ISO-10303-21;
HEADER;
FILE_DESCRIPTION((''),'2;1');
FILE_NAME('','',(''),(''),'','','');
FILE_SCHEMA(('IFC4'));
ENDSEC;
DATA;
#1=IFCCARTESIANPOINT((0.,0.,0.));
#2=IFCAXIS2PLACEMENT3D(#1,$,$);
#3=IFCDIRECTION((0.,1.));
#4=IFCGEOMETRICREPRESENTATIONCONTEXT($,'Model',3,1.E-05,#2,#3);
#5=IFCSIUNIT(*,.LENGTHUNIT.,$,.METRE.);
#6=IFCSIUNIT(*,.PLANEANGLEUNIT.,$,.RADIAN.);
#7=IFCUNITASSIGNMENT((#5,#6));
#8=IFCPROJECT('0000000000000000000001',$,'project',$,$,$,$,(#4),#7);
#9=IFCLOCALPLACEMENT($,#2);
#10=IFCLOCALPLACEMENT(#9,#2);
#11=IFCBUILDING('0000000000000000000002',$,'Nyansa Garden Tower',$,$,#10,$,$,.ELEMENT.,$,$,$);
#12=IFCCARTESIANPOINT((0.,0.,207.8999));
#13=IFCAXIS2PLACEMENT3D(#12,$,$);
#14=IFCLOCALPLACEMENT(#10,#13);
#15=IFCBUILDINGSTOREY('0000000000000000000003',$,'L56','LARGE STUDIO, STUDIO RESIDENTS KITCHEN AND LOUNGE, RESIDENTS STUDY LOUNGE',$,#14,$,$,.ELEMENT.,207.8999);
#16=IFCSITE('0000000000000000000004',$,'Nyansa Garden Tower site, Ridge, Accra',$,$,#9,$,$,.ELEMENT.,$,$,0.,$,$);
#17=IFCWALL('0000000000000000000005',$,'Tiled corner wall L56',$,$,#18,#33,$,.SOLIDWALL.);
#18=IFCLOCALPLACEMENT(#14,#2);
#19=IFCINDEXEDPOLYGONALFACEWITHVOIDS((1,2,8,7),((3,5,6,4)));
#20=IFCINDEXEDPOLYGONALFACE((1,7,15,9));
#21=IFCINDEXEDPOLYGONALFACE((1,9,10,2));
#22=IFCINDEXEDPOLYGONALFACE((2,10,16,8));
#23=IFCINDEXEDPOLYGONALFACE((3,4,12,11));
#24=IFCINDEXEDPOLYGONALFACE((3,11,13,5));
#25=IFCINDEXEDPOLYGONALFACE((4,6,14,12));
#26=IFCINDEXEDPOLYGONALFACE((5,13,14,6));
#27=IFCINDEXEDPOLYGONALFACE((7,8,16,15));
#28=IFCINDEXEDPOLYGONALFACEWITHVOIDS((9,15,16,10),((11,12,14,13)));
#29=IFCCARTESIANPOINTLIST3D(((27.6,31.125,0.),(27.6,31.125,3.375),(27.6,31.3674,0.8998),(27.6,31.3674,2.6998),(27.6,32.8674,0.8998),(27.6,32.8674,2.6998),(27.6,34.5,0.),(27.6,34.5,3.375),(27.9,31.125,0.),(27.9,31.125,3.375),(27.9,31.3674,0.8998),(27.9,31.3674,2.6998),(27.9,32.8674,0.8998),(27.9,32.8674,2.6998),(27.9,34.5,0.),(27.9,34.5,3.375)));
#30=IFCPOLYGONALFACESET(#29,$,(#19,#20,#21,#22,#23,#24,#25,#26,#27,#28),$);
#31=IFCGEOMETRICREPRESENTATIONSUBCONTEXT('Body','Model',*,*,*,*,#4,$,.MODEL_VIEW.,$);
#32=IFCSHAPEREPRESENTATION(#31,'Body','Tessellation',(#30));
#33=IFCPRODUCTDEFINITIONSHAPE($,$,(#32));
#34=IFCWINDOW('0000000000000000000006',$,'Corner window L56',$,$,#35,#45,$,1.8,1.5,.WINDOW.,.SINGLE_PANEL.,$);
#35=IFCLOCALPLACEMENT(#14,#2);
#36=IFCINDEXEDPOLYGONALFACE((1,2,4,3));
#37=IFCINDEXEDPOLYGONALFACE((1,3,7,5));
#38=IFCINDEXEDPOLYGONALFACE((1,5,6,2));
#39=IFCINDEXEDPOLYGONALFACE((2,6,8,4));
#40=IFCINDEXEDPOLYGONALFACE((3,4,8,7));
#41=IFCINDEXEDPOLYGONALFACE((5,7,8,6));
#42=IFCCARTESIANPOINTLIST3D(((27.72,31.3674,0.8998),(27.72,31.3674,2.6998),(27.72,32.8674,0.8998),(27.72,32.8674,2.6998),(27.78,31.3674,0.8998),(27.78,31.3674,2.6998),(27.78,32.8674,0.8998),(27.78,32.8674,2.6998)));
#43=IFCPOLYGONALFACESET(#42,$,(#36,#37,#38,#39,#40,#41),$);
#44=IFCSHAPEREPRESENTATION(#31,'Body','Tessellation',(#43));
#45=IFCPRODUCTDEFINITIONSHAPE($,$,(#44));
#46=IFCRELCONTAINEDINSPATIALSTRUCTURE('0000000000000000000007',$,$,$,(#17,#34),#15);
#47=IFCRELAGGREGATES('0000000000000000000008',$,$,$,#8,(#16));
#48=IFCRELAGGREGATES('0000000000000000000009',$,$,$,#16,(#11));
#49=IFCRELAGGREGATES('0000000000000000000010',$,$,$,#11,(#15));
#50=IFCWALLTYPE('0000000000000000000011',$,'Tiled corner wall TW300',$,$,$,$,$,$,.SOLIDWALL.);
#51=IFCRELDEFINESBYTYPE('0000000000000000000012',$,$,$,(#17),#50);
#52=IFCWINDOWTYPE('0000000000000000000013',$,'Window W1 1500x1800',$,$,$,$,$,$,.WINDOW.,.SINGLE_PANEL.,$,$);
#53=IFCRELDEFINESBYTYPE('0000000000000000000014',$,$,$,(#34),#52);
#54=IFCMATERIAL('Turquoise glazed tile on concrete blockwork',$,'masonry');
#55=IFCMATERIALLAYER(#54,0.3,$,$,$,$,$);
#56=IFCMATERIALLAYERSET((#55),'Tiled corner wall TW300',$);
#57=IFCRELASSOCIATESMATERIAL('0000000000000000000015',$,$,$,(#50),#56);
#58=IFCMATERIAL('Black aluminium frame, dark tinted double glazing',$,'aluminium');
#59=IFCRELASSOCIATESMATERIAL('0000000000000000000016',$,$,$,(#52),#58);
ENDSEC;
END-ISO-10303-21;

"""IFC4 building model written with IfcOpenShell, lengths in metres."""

from ifc_helpers import new_model, si_unit, direction, frame, frame_2d, origin, place, context, subcontext, project, spatial, rectangle, extrude, material, layer, layer_set, type_object, element, fill, save


model = new_model("IFC4")

# Units and contexts
model_context = context("Model", 3, precision=1e-05, world=origin(), true_north=direction((0.0, 1.0)))
body_context = subcontext(model_context, "Body", "Model", "MODEL_VIEW")
ifc_project = project(units=[si_unit("LENGTHUNIT", "METRE"), si_unit("PLANEANGLEUNIT", "RADIAN")], contexts=[model_context])

# Site, building, storey
site_placement = place(None, origin())
site = spatial("IfcSite", under=ifc_project, at=site_placement, Name="Nyansa Garden Tower site, Ridge, Accra", CompositionType="ELEMENT", RefElevation=0.0)
building_placement = place(site_placement, origin())
building = spatial("IfcBuilding", under=site, at=building_placement, Name="Nyansa Garden Tower", CompositionType="ELEMENT")
storey_placement = place(building_placement, frame((0.0, 0.0, 207.8999)))
storey = spatial("IfcBuildingStorey", under=building, at=storey_placement, Name="L56", Description="LARGE STUDIO, STUDIO RESIDENTS KITCHEN AND LOUNGE, RESIDENTS STUDY LOUNGE", CompositionType="ELEMENT", Elevation=207.8999)

# Wall, opening, window
ifc_material_1 = material(Name="Turquoise glazed tile on concrete blockwork", Category="masonry")
ifc_layer_1 = layer(ifc_material_1, 0.3)
ifc_layer_set_1 = layer_set([ifc_layer_1], Name="Tiled corner wall TW300")
wall_type_1 = type_object("IfcWallType", Name="Tiled corner wall TW300", PredefinedType="SOLIDWALL", material=ifc_layer_set_1)
ifc_material_2 = material(Name="Black aluminium frame, dark tinted double glazing", Category="aluminium")
window_type_1 = type_object("IfcWindowType", Name="Window W1 1500x1800", PartitioningType="SINGLE_PANEL", PredefinedType="WINDOW", material=ifc_material_2)
wall_1_placement = place(storey_placement, frame((27.75, 31.125, 0.0), z_axis=(0.0, 0.0, 1.0), x_axis=(0.0, 1.0, 0.0)))
wall_1 = element("IfcWall", 1, at=wall_1_placement, inside=storey, type_object=wall_type_1, Name="Tiled corner wall L56", PredefinedType="SOLIDWALL", context=body_context, shape_type="SweptSolid", body=[
    extrude(rectangle(XDim=3.375, YDim=0.3, at=frame_2d((1.6875, 0.0))), origin(), (0.0, 0.0, 1.0), 3.375),
])
opening_1_placement = place(wall_1_placement, frame((0.2424, 0.0, 0.8999)))
opening_1 = element("IfcOpeningElement", 2, at=opening_1_placement, cuts=wall_1, PredefinedType="OPENING", context=body_context, shape_type="SweptSolid", body=[
    extrude(rectangle(XDim=1.5, YDim=1.8, at=frame_2d((0.75, 0.8999))), frame((0.0, 0.1599, 0.0), z_axis=(0.0, -1.0, 0.0), x_axis=(1.0, 0.0, 0.0)), (0.0, 0.0, 1.0), 0.3201),
])
window_1_placement = place(opening_1_placement, origin())
window_1 = element("IfcWindow", 3, at=window_1_placement, inside=storey, type_object=window_type_1, Name="Corner window L56", OverallHeight=1.8, OverallWidth=1.5, PartitioningType="SINGLE_PANEL", PredefinedType="WINDOW", context=body_context, shape_type="SweptSolid", body=[
    extrude(rectangle(XDim=1.5, YDim=1.8, at=frame_2d((0.75, 0.8999))), frame((0.0, 0.03, 0.0), z_axis=(0.0, -1.0, 0.0), x_axis=(1.0, 0.0, 0.0)), (0.0, 0.0, 1.0), 0.0601),
])
fill(opening_1, window_1)

save(model, "model.ifc")
